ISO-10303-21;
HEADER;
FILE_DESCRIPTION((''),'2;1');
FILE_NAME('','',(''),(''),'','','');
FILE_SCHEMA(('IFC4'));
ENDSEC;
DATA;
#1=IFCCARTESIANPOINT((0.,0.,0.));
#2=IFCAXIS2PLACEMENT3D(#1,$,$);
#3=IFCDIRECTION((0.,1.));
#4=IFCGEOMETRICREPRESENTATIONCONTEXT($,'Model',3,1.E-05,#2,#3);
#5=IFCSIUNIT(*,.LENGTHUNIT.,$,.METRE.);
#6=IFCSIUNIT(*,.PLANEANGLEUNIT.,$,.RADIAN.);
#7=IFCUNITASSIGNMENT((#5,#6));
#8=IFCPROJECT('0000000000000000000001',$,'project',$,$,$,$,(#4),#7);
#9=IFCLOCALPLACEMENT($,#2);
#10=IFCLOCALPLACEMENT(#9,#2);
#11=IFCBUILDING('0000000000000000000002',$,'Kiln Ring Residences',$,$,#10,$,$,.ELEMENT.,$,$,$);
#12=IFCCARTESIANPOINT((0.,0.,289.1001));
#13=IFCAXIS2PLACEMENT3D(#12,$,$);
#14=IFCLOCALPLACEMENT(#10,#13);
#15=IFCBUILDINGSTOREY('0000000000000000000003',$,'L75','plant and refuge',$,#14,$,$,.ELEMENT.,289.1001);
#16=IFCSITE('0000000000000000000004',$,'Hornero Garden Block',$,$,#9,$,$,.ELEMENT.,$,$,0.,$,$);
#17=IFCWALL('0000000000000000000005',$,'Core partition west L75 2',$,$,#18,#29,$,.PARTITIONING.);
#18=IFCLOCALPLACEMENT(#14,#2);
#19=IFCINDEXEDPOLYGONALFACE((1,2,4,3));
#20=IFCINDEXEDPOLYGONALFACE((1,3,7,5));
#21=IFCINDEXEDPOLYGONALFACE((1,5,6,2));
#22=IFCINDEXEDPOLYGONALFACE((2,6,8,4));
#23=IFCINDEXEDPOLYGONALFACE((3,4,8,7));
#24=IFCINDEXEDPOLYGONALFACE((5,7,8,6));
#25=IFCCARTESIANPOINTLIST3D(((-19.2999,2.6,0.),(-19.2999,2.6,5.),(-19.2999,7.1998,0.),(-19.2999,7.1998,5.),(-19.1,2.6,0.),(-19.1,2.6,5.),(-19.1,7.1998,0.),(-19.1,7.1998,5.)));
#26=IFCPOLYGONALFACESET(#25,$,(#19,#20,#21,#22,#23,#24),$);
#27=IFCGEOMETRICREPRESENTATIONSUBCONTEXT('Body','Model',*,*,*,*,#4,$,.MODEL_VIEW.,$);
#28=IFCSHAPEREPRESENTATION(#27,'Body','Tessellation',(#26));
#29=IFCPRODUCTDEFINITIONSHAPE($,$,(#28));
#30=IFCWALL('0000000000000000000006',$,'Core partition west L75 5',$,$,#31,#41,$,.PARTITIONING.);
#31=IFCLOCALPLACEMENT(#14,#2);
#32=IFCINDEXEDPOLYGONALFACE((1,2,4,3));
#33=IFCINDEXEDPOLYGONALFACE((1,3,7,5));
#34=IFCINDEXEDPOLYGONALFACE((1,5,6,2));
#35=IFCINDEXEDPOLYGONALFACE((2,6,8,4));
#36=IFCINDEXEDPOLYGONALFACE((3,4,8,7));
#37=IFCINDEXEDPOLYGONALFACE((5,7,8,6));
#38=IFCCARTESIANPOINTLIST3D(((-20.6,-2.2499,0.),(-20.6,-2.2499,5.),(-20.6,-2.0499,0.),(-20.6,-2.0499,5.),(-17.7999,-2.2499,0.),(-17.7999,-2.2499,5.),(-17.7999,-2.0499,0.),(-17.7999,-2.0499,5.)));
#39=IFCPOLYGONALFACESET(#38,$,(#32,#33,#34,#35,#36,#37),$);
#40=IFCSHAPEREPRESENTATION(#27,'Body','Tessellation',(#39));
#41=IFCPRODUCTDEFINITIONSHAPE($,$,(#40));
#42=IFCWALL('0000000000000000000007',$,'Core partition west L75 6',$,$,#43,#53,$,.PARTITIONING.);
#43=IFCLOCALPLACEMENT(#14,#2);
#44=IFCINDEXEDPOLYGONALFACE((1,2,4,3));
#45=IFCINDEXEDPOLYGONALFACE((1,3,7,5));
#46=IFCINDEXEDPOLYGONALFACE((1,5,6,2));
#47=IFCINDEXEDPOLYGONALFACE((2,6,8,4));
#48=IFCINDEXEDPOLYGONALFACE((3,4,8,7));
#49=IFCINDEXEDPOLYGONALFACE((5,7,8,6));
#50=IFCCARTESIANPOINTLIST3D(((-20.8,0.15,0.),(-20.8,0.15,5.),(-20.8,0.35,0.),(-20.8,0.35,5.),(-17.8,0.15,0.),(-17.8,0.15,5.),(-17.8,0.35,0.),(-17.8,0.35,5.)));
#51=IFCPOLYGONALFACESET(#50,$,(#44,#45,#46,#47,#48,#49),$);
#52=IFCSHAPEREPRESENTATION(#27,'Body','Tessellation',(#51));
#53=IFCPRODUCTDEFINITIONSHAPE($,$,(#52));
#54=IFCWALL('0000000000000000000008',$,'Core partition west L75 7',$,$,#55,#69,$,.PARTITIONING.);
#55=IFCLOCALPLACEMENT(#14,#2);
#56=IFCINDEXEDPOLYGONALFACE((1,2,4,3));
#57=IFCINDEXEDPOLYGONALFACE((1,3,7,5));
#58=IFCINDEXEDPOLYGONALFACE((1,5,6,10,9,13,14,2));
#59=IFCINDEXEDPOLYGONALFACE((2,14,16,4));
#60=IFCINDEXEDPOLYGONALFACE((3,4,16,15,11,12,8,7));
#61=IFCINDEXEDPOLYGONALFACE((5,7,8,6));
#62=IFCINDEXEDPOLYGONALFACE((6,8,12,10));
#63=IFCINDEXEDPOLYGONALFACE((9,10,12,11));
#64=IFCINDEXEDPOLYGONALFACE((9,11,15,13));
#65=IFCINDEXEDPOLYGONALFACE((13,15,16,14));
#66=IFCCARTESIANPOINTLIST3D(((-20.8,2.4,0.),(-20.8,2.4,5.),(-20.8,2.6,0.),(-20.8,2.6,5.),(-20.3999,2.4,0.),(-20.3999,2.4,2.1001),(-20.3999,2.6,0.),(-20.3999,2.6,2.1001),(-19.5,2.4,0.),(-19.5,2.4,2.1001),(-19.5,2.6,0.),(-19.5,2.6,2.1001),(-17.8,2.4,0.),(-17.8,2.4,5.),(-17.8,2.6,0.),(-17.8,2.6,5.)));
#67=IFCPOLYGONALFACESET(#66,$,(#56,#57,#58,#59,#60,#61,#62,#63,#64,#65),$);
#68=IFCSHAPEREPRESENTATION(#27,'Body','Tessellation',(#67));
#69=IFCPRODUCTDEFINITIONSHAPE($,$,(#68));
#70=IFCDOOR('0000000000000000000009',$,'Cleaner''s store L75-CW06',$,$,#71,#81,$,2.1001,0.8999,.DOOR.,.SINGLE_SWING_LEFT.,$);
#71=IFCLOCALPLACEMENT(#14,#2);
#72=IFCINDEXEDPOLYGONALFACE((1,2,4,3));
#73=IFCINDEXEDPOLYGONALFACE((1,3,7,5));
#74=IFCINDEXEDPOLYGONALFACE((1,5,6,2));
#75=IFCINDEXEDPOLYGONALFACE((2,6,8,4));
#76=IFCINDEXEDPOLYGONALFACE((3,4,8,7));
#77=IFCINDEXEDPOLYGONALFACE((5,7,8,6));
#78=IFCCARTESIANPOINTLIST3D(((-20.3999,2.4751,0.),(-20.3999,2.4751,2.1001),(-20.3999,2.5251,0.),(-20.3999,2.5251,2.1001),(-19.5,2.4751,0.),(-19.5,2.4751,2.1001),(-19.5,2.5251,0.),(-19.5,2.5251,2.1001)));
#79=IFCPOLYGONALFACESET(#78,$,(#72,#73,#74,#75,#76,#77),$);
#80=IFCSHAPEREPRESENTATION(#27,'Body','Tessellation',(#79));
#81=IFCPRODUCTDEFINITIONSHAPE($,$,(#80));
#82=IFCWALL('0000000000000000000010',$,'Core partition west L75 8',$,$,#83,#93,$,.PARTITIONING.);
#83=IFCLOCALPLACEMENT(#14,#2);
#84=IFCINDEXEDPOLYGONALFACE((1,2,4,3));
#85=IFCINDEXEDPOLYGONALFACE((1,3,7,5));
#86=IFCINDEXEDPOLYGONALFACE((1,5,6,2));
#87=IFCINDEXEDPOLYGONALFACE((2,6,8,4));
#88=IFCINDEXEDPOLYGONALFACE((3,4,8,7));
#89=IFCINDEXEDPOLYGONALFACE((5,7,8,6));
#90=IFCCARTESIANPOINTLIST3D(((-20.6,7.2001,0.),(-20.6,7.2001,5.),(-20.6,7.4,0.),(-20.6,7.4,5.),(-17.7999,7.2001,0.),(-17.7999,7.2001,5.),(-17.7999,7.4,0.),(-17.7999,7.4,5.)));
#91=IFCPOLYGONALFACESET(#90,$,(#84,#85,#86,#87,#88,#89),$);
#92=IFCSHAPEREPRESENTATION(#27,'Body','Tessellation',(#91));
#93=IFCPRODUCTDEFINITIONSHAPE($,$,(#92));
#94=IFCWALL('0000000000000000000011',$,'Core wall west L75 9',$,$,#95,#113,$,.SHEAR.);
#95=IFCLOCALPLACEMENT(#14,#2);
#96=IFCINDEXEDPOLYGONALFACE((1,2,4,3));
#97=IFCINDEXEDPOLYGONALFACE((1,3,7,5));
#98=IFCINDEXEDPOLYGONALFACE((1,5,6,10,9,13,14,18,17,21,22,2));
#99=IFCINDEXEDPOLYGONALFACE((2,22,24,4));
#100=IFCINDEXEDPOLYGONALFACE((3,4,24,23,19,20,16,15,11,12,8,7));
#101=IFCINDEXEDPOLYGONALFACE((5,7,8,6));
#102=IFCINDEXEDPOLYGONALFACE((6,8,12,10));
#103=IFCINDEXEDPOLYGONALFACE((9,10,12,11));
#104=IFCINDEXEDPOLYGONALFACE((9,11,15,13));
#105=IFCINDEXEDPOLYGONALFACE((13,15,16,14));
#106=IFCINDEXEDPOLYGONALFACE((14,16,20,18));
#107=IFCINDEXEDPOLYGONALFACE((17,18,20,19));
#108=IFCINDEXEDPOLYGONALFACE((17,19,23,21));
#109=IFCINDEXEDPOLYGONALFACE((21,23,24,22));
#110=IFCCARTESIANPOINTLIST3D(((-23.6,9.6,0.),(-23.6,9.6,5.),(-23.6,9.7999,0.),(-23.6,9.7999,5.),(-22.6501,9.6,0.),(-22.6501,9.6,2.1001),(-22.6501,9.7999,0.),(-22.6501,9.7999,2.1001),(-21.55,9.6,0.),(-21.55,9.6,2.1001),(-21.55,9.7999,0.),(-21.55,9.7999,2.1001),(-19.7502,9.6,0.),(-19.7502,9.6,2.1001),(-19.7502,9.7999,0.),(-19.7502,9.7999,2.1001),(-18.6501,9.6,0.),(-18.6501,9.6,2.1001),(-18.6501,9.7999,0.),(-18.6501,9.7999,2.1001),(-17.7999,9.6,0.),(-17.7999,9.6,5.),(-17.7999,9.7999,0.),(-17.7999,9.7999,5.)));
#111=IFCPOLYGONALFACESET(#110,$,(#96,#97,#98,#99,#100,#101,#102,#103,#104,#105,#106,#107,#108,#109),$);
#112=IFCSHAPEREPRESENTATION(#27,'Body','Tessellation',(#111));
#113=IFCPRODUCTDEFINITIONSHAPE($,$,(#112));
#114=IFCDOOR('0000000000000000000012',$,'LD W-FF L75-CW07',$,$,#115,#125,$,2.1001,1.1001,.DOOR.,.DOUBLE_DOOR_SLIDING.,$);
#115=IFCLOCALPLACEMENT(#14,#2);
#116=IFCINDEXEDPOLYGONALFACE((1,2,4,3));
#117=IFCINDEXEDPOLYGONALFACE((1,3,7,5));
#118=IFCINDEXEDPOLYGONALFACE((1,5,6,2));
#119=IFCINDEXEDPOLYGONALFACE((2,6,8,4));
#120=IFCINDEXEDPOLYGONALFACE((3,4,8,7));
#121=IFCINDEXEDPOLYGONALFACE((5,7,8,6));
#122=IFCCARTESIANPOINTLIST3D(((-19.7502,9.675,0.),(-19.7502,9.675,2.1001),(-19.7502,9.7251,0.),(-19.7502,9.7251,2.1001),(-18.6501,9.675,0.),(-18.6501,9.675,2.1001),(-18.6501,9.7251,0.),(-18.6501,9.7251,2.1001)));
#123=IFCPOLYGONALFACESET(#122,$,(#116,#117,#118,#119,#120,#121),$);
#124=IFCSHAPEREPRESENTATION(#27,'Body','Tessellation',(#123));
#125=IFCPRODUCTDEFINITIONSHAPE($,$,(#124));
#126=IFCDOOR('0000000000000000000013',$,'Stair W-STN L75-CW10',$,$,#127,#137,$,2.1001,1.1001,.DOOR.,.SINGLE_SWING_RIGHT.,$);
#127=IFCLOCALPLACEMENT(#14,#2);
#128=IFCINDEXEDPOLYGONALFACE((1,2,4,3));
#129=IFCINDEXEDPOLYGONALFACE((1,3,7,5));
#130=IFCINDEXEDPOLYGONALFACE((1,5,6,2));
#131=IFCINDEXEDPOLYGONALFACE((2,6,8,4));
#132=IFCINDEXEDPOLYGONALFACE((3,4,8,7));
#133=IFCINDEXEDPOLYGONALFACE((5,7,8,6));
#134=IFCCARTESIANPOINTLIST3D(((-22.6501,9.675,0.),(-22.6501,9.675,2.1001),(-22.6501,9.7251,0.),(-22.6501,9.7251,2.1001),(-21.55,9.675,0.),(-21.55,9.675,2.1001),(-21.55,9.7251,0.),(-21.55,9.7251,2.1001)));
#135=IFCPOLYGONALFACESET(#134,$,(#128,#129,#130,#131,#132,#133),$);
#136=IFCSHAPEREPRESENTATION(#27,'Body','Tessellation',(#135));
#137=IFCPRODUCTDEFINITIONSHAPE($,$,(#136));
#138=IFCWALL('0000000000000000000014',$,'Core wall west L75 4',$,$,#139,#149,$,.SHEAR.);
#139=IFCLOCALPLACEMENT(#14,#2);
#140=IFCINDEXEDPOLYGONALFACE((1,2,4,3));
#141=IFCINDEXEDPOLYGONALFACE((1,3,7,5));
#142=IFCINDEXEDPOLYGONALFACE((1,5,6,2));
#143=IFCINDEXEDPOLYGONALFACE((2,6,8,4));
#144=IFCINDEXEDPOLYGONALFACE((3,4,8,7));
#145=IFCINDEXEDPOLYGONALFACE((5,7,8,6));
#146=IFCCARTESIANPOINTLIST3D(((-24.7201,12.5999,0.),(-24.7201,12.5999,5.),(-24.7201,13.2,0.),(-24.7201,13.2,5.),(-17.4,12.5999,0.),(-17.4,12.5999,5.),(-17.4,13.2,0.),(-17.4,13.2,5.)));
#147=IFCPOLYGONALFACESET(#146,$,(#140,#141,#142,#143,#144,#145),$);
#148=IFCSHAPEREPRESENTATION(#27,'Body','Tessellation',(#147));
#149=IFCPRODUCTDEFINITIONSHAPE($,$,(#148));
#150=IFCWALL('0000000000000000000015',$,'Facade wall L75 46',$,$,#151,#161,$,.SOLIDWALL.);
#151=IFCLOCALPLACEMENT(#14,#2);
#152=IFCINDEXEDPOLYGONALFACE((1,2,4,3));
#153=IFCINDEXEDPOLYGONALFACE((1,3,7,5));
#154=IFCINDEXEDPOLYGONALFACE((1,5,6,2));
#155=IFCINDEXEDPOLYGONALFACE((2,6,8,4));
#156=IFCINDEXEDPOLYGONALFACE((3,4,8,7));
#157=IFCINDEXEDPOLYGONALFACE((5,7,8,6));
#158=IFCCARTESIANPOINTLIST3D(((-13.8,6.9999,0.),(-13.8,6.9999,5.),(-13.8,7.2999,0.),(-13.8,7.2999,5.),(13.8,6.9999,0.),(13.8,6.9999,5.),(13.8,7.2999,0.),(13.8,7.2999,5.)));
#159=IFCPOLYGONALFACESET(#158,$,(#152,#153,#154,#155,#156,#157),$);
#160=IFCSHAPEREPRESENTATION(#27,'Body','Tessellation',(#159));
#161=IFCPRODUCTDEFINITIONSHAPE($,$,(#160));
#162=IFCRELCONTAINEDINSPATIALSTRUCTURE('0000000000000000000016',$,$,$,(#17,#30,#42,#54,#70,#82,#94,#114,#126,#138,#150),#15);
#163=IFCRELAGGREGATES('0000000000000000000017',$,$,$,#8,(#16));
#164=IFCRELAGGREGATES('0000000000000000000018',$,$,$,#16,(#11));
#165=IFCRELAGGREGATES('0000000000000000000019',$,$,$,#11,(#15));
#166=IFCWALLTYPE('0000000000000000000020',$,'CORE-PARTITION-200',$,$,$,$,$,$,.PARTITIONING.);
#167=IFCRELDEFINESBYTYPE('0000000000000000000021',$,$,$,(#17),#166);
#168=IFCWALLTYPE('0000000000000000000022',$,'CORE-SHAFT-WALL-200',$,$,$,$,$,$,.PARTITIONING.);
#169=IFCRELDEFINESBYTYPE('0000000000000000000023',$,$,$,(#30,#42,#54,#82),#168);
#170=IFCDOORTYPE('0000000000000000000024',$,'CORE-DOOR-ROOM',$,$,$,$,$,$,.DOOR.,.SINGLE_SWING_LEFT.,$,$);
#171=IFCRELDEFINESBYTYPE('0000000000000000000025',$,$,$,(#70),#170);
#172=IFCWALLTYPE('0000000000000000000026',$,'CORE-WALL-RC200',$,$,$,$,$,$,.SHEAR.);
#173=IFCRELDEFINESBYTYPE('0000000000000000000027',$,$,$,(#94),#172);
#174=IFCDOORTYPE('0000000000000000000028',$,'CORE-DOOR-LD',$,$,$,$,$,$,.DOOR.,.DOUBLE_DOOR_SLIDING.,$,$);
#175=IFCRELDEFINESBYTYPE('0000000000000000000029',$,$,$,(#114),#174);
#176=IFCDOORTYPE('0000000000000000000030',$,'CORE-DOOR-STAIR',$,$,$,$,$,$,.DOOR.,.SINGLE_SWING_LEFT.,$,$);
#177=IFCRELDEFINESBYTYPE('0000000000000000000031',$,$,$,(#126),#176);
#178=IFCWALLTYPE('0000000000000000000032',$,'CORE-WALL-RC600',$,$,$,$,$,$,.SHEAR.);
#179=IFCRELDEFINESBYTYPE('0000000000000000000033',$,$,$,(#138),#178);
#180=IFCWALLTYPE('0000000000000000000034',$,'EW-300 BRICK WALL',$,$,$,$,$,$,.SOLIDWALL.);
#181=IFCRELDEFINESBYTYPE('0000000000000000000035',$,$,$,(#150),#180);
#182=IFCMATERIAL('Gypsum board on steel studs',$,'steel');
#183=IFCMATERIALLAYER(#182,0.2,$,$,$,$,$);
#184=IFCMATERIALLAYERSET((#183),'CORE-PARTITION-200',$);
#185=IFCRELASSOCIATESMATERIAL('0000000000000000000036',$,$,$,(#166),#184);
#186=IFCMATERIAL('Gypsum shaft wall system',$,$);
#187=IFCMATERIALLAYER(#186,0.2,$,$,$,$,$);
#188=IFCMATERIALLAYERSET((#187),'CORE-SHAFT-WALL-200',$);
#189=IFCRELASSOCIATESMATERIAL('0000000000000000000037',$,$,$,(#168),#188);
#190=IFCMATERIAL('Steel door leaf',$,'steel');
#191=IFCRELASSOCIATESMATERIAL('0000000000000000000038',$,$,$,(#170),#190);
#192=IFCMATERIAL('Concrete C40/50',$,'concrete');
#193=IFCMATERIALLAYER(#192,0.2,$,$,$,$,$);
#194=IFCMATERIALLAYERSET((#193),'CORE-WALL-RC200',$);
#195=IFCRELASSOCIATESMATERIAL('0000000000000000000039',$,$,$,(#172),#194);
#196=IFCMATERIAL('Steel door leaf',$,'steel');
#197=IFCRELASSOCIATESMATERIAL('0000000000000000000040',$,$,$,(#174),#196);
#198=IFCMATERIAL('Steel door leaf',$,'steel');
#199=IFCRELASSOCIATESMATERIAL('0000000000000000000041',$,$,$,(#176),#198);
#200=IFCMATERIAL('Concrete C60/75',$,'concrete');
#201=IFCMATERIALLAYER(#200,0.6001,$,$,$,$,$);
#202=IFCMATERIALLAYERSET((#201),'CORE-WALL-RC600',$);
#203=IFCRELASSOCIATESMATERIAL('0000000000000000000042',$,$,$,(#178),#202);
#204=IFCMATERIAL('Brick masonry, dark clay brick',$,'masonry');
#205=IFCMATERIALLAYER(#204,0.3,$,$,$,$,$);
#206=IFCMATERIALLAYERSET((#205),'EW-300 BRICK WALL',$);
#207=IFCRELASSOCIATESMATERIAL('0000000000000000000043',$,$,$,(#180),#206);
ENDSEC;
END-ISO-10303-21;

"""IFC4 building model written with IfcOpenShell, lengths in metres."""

from ifc_helpers import new_model, si_unit, direction, frame, frame_2d, origin, place, context, subcontext, project, spatial, rectangle, extrude, material, layer, layer_set, type_object, element, fill, save


model = new_model("IFC4")

# Units and contexts
model_context = context("Model", 3, precision=1e-05, world=origin(), true_north=direction((0.0, 1.0)))
body_context = subcontext(model_context, "Body", "Model", "MODEL_VIEW")
ifc_project = project(units=[si_unit("LENGTHUNIT", "METRE"), si_unit("PLANEANGLEUNIT", "RADIAN")], contexts=[model_context])

# Site, building, storey
site_placement = place(None, origin())
site = spatial("IfcSite", under=ifc_project, at=site_placement, Name="Hornero Garden Block", CompositionType="ELEMENT", RefElevation=0.0)
building_placement = place(site_placement, origin())
building = spatial("IfcBuilding", under=site, at=building_placement, Name="Kiln Ring Residences", CompositionType="ELEMENT")
storey_placement = place(building_placement, frame((0.0, 0.0, 289.1001)))
storey = spatial("IfcBuildingStorey", under=building, at=storey_placement, Name="L75", Description="plant and refuge", CompositionType="ELEMENT", Elevation=289.1001)

# Walls
ifc_material_1 = material(Name="Gypsum board on steel studs", Category="steel")
ifc_layer_1 = layer(ifc_material_1, 0.2)
ifc_layer_set_1 = layer_set([ifc_layer_1], Name="CORE-PARTITION-200")
wall_type_1 = type_object("IfcWallType", Name="CORE-PARTITION-200", PredefinedType="PARTITIONING", material=ifc_layer_set_1)
wall_1_placement = place(storey_placement, frame((-19.2, 2.6001, 0.0), z_axis=(0.0, 0.0, 1.0), x_axis=(0.0, 1.0, 0.0)))
element("IfcWall", 1, at=wall_1_placement, inside=storey, type_object=wall_type_1, Name="Core partition west L75 2", PredefinedType="PARTITIONING", context=body_context, shape_type="SweptSolid", body=[
    extrude(rectangle(XDim=4.5999, YDim=0.2, at=frame_2d((2.2998, 0.0))), origin(), (0.0, 0.0, 1.0), 5.0),
])
ifc_material_2 = material(Name="Gypsum shaft wall system")
ifc_layer_2 = layer(ifc_material_2, 0.2)
ifc_layer_set_2 = layer_set([ifc_layer_2], Name="CORE-SHAFT-WALL-200")
wall_type_2 = type_object("IfcWallType", Name="CORE-SHAFT-WALL-200", PredefinedType="PARTITIONING", material=ifc_layer_set_2)
wall_2_placement = place(storey_placement, frame((-17.8, -2.1499, 0.0), z_axis=(0.0, 0.0, 1.0), x_axis=(-1.0, 0.0, 0.0)))
element("IfcWall", 2, at=wall_2_placement, inside=storey, type_object=wall_type_2, Name="Core partition west L75 5", PredefinedType="PARTITIONING", context=body_context, shape_type="SweptSolid", body=[
    extrude(rectangle(XDim=2.8, YDim=0.2, at=frame_2d((1.3999, 0.0))), origin(), (0.0, 0.0, 1.0), 5.0),
])
wall_3_placement = place(storey_placement, frame((-17.8, 0.25, 0.0), z_axis=(0.0, 0.0, 1.0), x_axis=(-1.0, 0.0, 0.0)))
element("IfcWall", 3, at=wall_3_placement, inside=storey, type_object=wall_type_2, Name="Core partition west L75 6", PredefinedType="PARTITIONING", context=body_context, shape_type="SweptSolid", body=[
    extrude(rectangle(XDim=3.0, YDim=0.2, at=frame_2d((1.5, 0.0))), origin(), (0.0, 0.0, 1.0), 5.0),
])

# Wall, opening, door
wall_4_placement = place(storey_placement, frame((-17.8, 2.5, 0.0), z_axis=(0.0, 0.0, 1.0), x_axis=(-1.0, 0.0, 0.0)))
wall_4 = element("IfcWall", 4, at=wall_4_placement, inside=storey, type_object=wall_type_2, Name="Core partition west L75 7", PredefinedType="PARTITIONING", context=body_context, shape_type="SweptSolid", body=[
    extrude(rectangle(XDim=3.0, YDim=0.2, at=frame_2d((1.5, 0.0))), origin(), (0.0, 0.0, 1.0), 5.0),
])
opening_1_placement = place(wall_4_placement, frame((1.7, 0.0, 0.0)))
opening_1 = element("IfcOpeningElement", 5, at=opening_1_placement, cuts=wall_4, PredefinedType="OPENING", context=body_context, shape_type="SweptSolid", body=[
    extrude(rectangle(XDim=0.8999, YDim=2.1001, at=frame_2d((0.45, 1.05))), frame((0.0, 0.1099, 0.0), z_axis=(0.0, -1.0, 0.0), x_axis=(1.0, 0.0, 0.0)), (0.0, 0.0, 1.0), 0.22),
])
ifc_material_3 = material(Name="Steel door leaf", Category="steel")
door_type_1 = type_object("IfcDoorType", Name="CORE-DOOR-ROOM", OperationType="SINGLE_SWING_LEFT", PredefinedType="DOOR", material=ifc_material_3)
door_1_placement = place(opening_1_placement, origin())
door_1 = element("IfcDoor", 6, at=door_1_placement, inside=storey, type_object=door_type_1, Name="Cleaner's store L75-CW06", OperationType="SINGLE_SWING_LEFT", OverallHeight=2.1001, OverallWidth=0.8999, PredefinedType="DOOR", context=body_context, shape_type="SweptSolid", body=[
    extrude(rectangle(XDim=0.8999, YDim=2.1001, at=frame_2d((0.45, 1.05))), frame((0.0, 0.0249, 0.0), z_axis=(0.0, -1.0, 0.0), x_axis=(1.0, 0.0, 0.0)), (0.0, 0.0, 1.0), 0.05),
])
fill(opening_1, door_1)

# Wall
wall_5_placement = place(storey_placement, frame((-17.8, 7.3, 0.0), z_axis=(0.0, 0.0, 1.0), x_axis=(-1.0, 0.0, 0.0)))
element("IfcWall", 7, at=wall_5_placement, inside=storey, type_object=wall_type_2, Name="Core partition west L75 8", PredefinedType="PARTITIONING", context=body_context, shape_type="SweptSolid", body=[
    extrude(rectangle(XDim=2.8, YDim=0.2, at=frame_2d((1.3999, 0.0))), origin(), (0.0, 0.0, 1.0), 5.0),
])

# Wall, openings, doors
ifc_material_4 = material(Name="Concrete C40/50", Category="concrete")
ifc_layer_3 = layer(ifc_material_4, 0.2)
ifc_layer_set_3 = layer_set([ifc_layer_3], Name="CORE-WALL-RC200")
wall_type_3 = type_object("IfcWallType", Name="CORE-WALL-RC200", PredefinedType="SHEAR", material=ifc_layer_set_3)
wall_6_placement = place(storey_placement, frame((-17.8, 9.7, 0.0), z_axis=(0.0, 0.0, 1.0), x_axis=(-1.0, 0.0, 0.0)))
wall_6 = element("IfcWall", 8, at=wall_6_placement, inside=storey, type_object=wall_type_3, Name="Core wall west L75 9", PredefinedType="SHEAR", context=body_context, shape_type="SweptSolid", body=[
    extrude(rectangle(XDim=5.8, YDim=0.2, at=frame_2d((2.8999, 0.0))), origin(), (0.0, 0.0, 1.0), 5.0),
])
opening_2_placement = place(wall_6_placement, frame((0.8501, 0.0, 0.0)))
opening_2 = element("IfcOpeningElement", 9, at=opening_2_placement, cuts=wall_6, PredefinedType="OPENING", context=body_context, shape_type="SweptSolid", body=[
    extrude(rectangle(XDim=1.1001, YDim=2.1001, at=frame_2d((0.55, 1.05))), frame((0.0, 0.1099, 0.0), z_axis=(0.0, -1.0, 0.0), x_axis=(1.0, 0.0, 0.0)), (0.0, 0.0, 1.0), 0.22),
])
opening_3_placement = place(wall_6_placement, frame((3.75, 0.0, 0.0)))
opening_3 = element("IfcOpeningElement", 10, at=opening_3_placement, cuts=wall_6, PredefinedType="OPENING", context=body_context, shape_type="SweptSolid", body=[
    extrude(rectangle(XDim=1.1001, YDim=2.1001, at=frame_2d((0.55, 1.05))), frame((0.0, 0.1099, 0.0), z_axis=(0.0, -1.0, 0.0), x_axis=(1.0, 0.0, 0.0)), (0.0, 0.0, 1.0), 0.22),
])
ifc_material_5 = material(Name="Steel door leaf", Category="steel")
door_type_2 = type_object("IfcDoorType", Name="CORE-DOOR-LD", OperationType="DOUBLE_DOOR_SLIDING", PredefinedType="DOOR", material=ifc_material_5)
door_2_placement = place(opening_2_placement, origin())
door_2 = element("IfcDoor", 11, at=door_2_placement, inside=storey, type_object=door_type_2, Name="LD W-FF L75-CW07", OperationType="DOUBLE_DOOR_SLIDING", OverallHeight=2.1001, OverallWidth=1.1001, PredefinedType="DOOR", context=body_context, shape_type="SweptSolid", body=[
    extrude(rectangle(XDim=1.1001, YDim=2.1001, at=frame_2d((0.55, 1.05))), frame((0.0, 0.0249, 0.0), z_axis=(0.0, -1.0, 0.0), x_axis=(1.0, 0.0, 0.0)), (0.0, 0.0, 1.0), 0.05),
])
fill(opening_2, door_2)
ifc_material_6 = material(Name="Steel door leaf", Category="steel")
door_type_3 = type_object("IfcDoorType", Name="CORE-DOOR-STAIR", OperationType="SINGLE_SWING_LEFT", PredefinedType="DOOR", material=ifc_material_6)
door_3_placement = place(opening_3_placement, origin())
door_3 = element("IfcDoor", 12, at=door_3_placement, inside=storey, type_object=door_type_3, Name="Stair W-STN L75-CW10", OperationType="SINGLE_SWING_RIGHT", OverallHeight=2.1001, OverallWidth=1.1001, PredefinedType="DOOR", context=body_context, shape_type="SweptSolid", body=[
    extrude(rectangle(XDim=1.1001, YDim=2.1001, at=frame_2d((0.55, 1.05))), frame((0.0, 0.0249, 0.0), z_axis=(0.0, -1.0, 0.0), x_axis=(1.0, 0.0, 0.0)), (0.0, 0.0, 1.0), 0.05),
])
fill(opening_3, door_3)

# Walls
ifc_material_7 = material(Name="Concrete C60/75", Category="concrete")
ifc_layer_4 = layer(ifc_material_7, 0.6001)
ifc_layer_set_4 = layer_set([ifc_layer_4], Name="CORE-WALL-RC600")
wall_type_4 = type_object("IfcWallType", Name="CORE-WALL-RC600", PredefinedType="SHEAR", material=ifc_layer_set_4)
wall_7_placement = place(storey_placement, frame((-17.3999, 12.8999, 0.0), z_axis=(0.0, 0.0, 1.0), x_axis=(-1.0, 0.0, 0.0)))
element("IfcWall", 13, at=wall_7_placement, inside=storey, type_object=wall_type_4, Name="Core wall west L75 4", PredefinedType="SHEAR", context=body_context, shape_type="SweptSolid", body=[
    extrude(rectangle(XDim=7.3201, YDim=0.6001, at=frame_2d((3.6602, 0.0))), origin(), (0.0, 0.0, 1.0), 5.0),
])
ifc_material_8 = material(Name="Brick masonry, dark clay brick", Category="masonry")
ifc_layer_5 = layer(ifc_material_8, 0.3)
ifc_layer_set_5 = layer_set([ifc_layer_5], Name="EW-300 BRICK WALL")
wall_type_5 = type_object("IfcWallType", Name="EW-300 BRICK WALL", PredefinedType="SOLIDWALL", material=ifc_layer_set_5)
wall_8_placement = place(storey_placement, frame((-13.8, 7.1499, 0.0), z_axis=(0.0, 0.0, 1.0), x_axis=(1.0, 0.0, 0.0)))
element("IfcWall", 14, at=wall_8_placement, inside=storey, type_object=wall_type_5, Name="Facade wall L75 46", PredefinedType="SOLIDWALL", context=body_context, shape_type="SweptSolid", body=[
    extrude(rectangle(XDim=27.6001, YDim=0.3, at=frame_2d((13.8, 0.0))), origin(), (0.0, 0.0, 1.0), 5.0),
])

save(model, "model.ifc")
